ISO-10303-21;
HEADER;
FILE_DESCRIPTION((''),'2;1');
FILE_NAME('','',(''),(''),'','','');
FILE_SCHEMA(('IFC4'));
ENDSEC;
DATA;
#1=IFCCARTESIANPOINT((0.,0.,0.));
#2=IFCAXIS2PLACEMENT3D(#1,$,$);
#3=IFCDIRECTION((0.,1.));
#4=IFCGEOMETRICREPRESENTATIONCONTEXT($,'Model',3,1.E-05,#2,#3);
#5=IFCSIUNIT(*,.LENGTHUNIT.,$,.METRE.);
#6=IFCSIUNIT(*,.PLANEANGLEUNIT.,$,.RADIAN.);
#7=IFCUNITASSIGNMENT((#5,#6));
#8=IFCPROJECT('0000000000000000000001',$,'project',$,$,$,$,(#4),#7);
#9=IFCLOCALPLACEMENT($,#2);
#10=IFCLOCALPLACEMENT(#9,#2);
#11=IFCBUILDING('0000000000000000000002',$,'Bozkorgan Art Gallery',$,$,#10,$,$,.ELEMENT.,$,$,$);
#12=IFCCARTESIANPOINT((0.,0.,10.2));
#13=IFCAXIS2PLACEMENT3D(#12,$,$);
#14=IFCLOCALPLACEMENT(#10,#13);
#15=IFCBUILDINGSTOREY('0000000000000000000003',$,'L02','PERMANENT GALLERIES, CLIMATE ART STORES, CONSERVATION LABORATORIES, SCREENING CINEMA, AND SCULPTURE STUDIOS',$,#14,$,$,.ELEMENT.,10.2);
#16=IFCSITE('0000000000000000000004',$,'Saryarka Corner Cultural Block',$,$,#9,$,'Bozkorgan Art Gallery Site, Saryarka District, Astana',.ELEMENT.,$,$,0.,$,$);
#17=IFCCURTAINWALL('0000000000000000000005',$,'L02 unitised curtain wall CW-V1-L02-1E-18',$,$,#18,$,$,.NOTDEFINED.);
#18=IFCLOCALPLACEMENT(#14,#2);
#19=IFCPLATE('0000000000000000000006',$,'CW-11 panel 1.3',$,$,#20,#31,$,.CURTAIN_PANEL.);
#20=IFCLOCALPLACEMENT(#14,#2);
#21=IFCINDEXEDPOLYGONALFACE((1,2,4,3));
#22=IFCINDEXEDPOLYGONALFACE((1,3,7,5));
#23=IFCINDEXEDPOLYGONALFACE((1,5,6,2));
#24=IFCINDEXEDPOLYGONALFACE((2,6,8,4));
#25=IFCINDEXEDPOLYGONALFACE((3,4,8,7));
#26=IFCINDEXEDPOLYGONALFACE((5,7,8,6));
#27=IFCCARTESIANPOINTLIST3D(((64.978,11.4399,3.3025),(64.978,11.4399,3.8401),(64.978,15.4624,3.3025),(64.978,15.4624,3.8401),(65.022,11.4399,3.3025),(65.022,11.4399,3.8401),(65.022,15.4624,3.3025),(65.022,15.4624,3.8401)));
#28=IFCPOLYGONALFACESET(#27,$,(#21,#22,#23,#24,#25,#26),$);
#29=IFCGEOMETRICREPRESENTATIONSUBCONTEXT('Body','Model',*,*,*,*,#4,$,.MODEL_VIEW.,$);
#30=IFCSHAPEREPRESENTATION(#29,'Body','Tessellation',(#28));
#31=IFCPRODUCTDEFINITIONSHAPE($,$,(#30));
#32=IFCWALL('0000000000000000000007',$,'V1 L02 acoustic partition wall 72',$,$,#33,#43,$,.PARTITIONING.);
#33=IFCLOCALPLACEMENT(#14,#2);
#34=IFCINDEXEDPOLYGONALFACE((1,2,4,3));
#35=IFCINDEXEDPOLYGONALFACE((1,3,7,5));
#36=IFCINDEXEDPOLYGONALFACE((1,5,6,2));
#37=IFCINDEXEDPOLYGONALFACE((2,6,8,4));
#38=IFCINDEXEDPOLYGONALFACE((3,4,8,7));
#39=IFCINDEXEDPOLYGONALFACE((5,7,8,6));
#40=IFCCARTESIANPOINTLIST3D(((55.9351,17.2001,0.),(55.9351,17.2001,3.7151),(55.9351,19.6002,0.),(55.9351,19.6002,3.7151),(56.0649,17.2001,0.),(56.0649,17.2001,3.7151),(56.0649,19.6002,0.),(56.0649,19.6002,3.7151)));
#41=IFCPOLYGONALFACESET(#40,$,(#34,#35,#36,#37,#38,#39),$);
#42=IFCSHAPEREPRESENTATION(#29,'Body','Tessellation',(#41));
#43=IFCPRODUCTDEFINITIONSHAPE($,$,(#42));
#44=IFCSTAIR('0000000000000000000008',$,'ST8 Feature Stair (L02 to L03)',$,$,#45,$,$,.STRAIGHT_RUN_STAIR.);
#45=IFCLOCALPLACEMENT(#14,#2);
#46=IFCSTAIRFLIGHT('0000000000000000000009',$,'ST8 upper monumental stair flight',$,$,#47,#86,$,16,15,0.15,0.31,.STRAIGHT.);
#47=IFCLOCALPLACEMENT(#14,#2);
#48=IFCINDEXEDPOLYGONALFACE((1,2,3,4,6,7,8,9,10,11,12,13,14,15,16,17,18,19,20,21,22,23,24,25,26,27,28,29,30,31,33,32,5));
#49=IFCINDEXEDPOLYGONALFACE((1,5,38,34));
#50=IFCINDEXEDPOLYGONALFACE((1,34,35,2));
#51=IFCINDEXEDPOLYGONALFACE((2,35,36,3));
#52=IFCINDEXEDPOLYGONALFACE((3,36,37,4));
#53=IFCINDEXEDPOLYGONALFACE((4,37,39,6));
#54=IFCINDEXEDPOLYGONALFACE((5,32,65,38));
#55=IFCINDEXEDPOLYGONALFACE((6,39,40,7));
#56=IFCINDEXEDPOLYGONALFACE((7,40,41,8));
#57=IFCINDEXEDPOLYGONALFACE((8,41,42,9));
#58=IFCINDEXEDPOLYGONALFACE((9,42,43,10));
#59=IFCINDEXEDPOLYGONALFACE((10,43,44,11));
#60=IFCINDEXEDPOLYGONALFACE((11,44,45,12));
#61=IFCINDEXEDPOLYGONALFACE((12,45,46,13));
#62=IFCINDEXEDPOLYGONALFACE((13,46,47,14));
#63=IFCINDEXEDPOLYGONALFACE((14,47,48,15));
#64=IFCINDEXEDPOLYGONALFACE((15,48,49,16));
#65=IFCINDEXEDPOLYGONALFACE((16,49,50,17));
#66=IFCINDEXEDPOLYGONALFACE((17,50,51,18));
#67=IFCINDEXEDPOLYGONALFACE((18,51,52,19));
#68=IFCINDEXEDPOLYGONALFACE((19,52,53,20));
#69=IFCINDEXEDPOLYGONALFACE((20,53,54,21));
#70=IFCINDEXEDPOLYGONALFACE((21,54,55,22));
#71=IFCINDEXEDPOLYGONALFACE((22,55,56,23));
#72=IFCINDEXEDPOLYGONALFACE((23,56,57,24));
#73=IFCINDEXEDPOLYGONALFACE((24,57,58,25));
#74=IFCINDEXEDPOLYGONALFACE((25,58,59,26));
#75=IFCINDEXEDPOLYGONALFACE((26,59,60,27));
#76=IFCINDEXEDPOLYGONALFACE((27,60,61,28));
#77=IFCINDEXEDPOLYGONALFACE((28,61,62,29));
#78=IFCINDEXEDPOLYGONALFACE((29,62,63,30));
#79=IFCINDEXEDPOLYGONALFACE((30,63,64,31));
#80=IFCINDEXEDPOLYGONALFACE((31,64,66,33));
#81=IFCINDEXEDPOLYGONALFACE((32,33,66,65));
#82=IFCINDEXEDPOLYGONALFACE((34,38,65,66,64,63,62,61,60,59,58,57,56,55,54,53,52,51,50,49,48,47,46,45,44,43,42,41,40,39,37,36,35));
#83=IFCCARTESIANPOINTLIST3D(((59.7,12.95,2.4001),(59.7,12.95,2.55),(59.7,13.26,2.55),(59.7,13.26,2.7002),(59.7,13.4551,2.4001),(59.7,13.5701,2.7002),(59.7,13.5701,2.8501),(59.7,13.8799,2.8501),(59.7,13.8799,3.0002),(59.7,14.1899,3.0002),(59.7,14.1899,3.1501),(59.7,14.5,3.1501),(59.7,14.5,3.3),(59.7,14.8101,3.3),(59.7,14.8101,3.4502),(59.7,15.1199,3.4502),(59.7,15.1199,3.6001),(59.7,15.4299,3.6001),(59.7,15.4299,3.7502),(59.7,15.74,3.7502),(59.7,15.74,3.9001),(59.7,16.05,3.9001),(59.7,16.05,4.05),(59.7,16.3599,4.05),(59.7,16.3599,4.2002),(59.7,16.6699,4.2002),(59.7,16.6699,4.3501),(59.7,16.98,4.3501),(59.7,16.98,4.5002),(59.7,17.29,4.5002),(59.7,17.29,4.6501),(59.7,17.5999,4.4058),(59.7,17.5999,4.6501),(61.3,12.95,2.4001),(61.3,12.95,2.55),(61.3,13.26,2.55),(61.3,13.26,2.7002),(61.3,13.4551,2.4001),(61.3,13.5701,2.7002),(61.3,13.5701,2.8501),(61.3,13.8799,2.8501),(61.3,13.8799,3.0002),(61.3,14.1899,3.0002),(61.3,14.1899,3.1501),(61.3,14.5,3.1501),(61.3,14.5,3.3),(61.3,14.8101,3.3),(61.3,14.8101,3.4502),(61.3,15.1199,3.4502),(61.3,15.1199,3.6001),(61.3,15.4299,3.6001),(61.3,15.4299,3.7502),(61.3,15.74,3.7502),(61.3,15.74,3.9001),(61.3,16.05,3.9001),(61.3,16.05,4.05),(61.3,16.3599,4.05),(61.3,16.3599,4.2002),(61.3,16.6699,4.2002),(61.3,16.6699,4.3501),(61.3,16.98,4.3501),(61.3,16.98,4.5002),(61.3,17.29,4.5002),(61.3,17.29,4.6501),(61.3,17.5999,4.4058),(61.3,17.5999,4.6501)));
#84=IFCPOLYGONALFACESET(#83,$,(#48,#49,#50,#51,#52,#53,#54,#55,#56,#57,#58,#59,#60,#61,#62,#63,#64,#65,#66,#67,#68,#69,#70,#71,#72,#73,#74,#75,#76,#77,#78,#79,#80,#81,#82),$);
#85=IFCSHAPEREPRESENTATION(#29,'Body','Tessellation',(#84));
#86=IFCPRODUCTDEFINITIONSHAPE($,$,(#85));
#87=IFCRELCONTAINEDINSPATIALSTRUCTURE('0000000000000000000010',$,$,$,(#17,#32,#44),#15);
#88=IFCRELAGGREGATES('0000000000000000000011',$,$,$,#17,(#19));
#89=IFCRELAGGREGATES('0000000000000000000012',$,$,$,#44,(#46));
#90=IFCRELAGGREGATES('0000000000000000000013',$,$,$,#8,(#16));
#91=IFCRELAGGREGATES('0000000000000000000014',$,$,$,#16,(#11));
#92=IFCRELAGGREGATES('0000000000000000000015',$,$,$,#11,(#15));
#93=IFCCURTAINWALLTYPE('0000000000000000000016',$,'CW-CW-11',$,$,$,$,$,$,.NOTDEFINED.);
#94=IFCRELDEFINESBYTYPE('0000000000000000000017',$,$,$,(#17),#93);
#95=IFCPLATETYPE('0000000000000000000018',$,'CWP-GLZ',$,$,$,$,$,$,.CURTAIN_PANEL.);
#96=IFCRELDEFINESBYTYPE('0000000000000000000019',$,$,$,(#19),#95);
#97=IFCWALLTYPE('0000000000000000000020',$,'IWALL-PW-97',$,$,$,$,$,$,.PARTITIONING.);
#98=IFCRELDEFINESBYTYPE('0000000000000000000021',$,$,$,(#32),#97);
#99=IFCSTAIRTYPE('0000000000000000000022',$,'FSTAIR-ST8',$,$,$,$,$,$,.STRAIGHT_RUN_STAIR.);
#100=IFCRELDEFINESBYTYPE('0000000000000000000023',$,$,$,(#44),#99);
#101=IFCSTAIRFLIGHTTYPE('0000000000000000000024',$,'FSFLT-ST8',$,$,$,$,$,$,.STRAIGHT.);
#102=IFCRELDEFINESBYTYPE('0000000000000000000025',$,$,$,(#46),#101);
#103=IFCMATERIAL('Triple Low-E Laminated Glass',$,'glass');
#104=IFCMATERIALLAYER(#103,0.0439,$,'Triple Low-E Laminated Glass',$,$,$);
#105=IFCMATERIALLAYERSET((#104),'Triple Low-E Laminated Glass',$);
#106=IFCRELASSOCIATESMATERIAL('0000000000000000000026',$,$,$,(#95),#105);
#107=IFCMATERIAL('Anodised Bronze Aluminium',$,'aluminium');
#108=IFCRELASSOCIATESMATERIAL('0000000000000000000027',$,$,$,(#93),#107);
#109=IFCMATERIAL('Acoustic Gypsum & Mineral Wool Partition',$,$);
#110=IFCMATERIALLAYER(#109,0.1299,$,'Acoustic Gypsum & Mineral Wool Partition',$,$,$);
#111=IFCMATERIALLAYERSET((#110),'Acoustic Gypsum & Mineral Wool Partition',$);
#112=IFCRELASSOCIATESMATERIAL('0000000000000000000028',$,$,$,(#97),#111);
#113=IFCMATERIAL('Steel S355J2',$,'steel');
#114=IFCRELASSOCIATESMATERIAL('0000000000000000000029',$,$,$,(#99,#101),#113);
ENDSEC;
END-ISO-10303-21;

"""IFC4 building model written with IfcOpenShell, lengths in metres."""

from ifc_helpers import new_model, si_unit, direction, frame, frame_2d, origin, origin_2d, place, context, subcontext, project, spatial, polyline, rectangle, outline, extrude, material, layer, layer_set, type_object, element, aggregate, save


model = new_model("IFC4")

# Units and contexts
model_context = context("Model", 3, precision=1e-05, world=origin(), true_north=direction((0.0, 1.0)))
body_context = subcontext(model_context, "Body", "Model", "MODEL_VIEW")
ifc_project = project(units=[si_unit("LENGTHUNIT", "METRE"), si_unit("PLANEANGLEUNIT", "RADIAN")], contexts=[model_context])

# Site, building, storey
site_placement = place(None, origin())
site = spatial("IfcSite", under=ifc_project, at=site_placement, Name="Saryarka Corner Cultural Block", LongName="Bozkorgan Art Gallery Site, Saryarka District, Astana", CompositionType="ELEMENT", RefElevation=0.0)
building_placement = place(site_placement, origin())
building = spatial("IfcBuilding", under=site, at=building_placement, Name="Bozkorgan Art Gallery", CompositionType="ELEMENT")
storey_placement = place(building_placement, frame((0.0, 0.0, 10.2)))
storey = spatial("IfcBuildingStorey", under=building, at=storey_placement, Name="L02", Description="PERMANENT GALLERIES, CLIMATE ART STORES, CONSERVATION LABORATORIES, SCREENING CINEMA, AND SCULPTURE STUDIOS", CompositionType="ELEMENT", Elevation=10.2)

# Shared definitions
ifc_material_1 = material(Name="Steel S355J2", Category="steel")

# Shared definitions
ifc_material_2 = material(Name="Anodised Bronze Aluminium", Category="aluminium")
ifc_material_3 = material(Name="Triple Low-E Laminated Glass", Category="glass")
ifc_layer_1 = layer(ifc_material_3, 0.0439, Name="Triple Low-E Laminated Glass")
ifc_layer_set_1 = layer_set([ifc_layer_1], Name="Triple Low-E Laminated Glass")
plate_type = type_object("IfcPlateType", Name="CWP-GLZ", PredefinedType="CURTAIN_PANEL", material=ifc_layer_set_1)

# Curtain wall, plate
curtain_wall_type_1 = type_object("IfcCurtainWallType", Name="CW-CW-11", PredefinedType="NOTDEFINED", material=ifc_material_2)
curtain_wall_1_placement = place(storey_placement, origin())
curtain_wall_1 = element("IfcCurtainWall", 1, at=curtain_wall_1_placement, inside=storey, type_object=curtain_wall_type_1, Name="L02 unitised curtain wall CW-V1-L02-1E-18", PredefinedType="NOTDEFINED")
plate_1_placement = place(storey_placement, frame((65.0, 13.4512, 3.3025), z_axis=(0.0, 0.0, 1.0), x_axis=(0.0, 1.0, 0.0)))
plate_1 = element("IfcPlate", 2, at=plate_1_placement, type_object=plate_type, Name="CW-11 panel 1.3", PredefinedType="CURTAIN_PANEL", context=body_context, shape_type="SweptSolid", body=[
    extrude(rectangle(XDim=4.0225, YDim=0.0439, at=origin_2d()), origin(), (0.0, 0.0, 1.0), 0.5376),
])
aggregate(curtain_wall_1, [plate_1])

# Wall
ifc_material_4 = material(Name="Acoustic Gypsum & Mineral Wool Partition")
ifc_layer_2 = layer(ifc_material_4, 0.1299, Name="Acoustic Gypsum & Mineral Wool Partition")
ifc_layer_set_2 = layer_set([ifc_layer_2], Name="Acoustic Gypsum & Mineral Wool Partition")
wall_type = type_object("IfcWallType", Name="IWALL-PW-97", PredefinedType="PARTITIONING", material=ifc_layer_set_2)
wall_placement = place(storey_placement, frame((56.0, 17.2, 0.0), z_axis=(0.0, 0.0, 1.0), x_axis=(0.0, 1.0, 0.0)))
element("IfcWall", 3, at=wall_placement, inside=storey, type_object=wall_type, Name="V1 L02 acoustic partition wall 72", PredefinedType="PARTITIONING", context=body_context, shape_type="SweptSolid", body=[
    extrude(rectangle(XDim=2.4001, YDim=0.1299, at=frame_2d((1.2002, 0.0))), origin(), (0.0, 0.0, 1.0), 3.7151),
])

# Stair, stair flight
stair_type = type_object("IfcStairType", Name="FSTAIR-ST8", PredefinedType="STRAIGHT_RUN_STAIR", material=ifc_material_1)
stair_placement = place(storey_placement, origin())
stair = element("IfcStair", 4, at=stair_placement, inside=storey, type_object=stair_type, Name="ST8 Feature Stair (L02 to L03)", PredefinedType="STRAIGHT_RUN_STAIR")
stair_flight_type = type_object("IfcStairFlightType", Name="FSFLT-ST8", PredefinedType="STRAIGHT", material=ifc_material_1)
stair_flight_placement = place(storey_placement, frame((60.5, 12.95, 2.4001), z_axis=(0.0, 0.0, 1.0), x_axis=(0.0, 1.0, 0.0)))
stair_flight = element("IfcStairFlight", 5, at=stair_flight_placement, type_object=stair_flight_type, Name="ST8 upper monumental stair flight", NumberOfRisers=16, NumberOfTreads=15, PredefinedType="STRAIGHT", RiserHeight=0.15, TreadLength=0.31, context=body_context, shape_type="SweptSolid", body=[
    extrude(outline(polyline([(0.0, 0.0), (0.0, 0.1499), (0.3101, 0.1499), (0.3101, 0.3), (0.6201, 0.3), (0.6201, 0.45), (0.9299, 0.45), (0.9299, 0.6001), (1.24, 0.6001), (1.24, 0.75), (1.55, 0.75), (1.55, 0.8999), (1.8601, 0.8999), (1.8601, 1.05), (2.1699, 1.05), (2.1699, 1.2), (2.48, 1.2), (2.48, 1.3501), (2.79, 1.3501), (2.79, 1.5), (3.1001, 1.5), (3.1001, 1.6499), (3.4099, 1.6499), (3.4099, 1.8), (3.72, 1.8), (3.72, 1.95), (4.03, 1.95), (4.03, 2.1001), (4.3401, 2.1001), (4.3401, 2.25), (4.6499, 2.25), (4.6499, 2.3999), (4.6499, 2.0056), (0.5051, 0.0), (0.0, 0.0)])), frame((0.0, 0.8, 0.0), z_axis=(0.0, -1.0, 0.0), x_axis=(1.0, 0.0, 0.0)), (0.0, 0.0, 1.0), 1.6001),
])
aggregate(stair, [stair_flight])

save(model, "model.ifc")
